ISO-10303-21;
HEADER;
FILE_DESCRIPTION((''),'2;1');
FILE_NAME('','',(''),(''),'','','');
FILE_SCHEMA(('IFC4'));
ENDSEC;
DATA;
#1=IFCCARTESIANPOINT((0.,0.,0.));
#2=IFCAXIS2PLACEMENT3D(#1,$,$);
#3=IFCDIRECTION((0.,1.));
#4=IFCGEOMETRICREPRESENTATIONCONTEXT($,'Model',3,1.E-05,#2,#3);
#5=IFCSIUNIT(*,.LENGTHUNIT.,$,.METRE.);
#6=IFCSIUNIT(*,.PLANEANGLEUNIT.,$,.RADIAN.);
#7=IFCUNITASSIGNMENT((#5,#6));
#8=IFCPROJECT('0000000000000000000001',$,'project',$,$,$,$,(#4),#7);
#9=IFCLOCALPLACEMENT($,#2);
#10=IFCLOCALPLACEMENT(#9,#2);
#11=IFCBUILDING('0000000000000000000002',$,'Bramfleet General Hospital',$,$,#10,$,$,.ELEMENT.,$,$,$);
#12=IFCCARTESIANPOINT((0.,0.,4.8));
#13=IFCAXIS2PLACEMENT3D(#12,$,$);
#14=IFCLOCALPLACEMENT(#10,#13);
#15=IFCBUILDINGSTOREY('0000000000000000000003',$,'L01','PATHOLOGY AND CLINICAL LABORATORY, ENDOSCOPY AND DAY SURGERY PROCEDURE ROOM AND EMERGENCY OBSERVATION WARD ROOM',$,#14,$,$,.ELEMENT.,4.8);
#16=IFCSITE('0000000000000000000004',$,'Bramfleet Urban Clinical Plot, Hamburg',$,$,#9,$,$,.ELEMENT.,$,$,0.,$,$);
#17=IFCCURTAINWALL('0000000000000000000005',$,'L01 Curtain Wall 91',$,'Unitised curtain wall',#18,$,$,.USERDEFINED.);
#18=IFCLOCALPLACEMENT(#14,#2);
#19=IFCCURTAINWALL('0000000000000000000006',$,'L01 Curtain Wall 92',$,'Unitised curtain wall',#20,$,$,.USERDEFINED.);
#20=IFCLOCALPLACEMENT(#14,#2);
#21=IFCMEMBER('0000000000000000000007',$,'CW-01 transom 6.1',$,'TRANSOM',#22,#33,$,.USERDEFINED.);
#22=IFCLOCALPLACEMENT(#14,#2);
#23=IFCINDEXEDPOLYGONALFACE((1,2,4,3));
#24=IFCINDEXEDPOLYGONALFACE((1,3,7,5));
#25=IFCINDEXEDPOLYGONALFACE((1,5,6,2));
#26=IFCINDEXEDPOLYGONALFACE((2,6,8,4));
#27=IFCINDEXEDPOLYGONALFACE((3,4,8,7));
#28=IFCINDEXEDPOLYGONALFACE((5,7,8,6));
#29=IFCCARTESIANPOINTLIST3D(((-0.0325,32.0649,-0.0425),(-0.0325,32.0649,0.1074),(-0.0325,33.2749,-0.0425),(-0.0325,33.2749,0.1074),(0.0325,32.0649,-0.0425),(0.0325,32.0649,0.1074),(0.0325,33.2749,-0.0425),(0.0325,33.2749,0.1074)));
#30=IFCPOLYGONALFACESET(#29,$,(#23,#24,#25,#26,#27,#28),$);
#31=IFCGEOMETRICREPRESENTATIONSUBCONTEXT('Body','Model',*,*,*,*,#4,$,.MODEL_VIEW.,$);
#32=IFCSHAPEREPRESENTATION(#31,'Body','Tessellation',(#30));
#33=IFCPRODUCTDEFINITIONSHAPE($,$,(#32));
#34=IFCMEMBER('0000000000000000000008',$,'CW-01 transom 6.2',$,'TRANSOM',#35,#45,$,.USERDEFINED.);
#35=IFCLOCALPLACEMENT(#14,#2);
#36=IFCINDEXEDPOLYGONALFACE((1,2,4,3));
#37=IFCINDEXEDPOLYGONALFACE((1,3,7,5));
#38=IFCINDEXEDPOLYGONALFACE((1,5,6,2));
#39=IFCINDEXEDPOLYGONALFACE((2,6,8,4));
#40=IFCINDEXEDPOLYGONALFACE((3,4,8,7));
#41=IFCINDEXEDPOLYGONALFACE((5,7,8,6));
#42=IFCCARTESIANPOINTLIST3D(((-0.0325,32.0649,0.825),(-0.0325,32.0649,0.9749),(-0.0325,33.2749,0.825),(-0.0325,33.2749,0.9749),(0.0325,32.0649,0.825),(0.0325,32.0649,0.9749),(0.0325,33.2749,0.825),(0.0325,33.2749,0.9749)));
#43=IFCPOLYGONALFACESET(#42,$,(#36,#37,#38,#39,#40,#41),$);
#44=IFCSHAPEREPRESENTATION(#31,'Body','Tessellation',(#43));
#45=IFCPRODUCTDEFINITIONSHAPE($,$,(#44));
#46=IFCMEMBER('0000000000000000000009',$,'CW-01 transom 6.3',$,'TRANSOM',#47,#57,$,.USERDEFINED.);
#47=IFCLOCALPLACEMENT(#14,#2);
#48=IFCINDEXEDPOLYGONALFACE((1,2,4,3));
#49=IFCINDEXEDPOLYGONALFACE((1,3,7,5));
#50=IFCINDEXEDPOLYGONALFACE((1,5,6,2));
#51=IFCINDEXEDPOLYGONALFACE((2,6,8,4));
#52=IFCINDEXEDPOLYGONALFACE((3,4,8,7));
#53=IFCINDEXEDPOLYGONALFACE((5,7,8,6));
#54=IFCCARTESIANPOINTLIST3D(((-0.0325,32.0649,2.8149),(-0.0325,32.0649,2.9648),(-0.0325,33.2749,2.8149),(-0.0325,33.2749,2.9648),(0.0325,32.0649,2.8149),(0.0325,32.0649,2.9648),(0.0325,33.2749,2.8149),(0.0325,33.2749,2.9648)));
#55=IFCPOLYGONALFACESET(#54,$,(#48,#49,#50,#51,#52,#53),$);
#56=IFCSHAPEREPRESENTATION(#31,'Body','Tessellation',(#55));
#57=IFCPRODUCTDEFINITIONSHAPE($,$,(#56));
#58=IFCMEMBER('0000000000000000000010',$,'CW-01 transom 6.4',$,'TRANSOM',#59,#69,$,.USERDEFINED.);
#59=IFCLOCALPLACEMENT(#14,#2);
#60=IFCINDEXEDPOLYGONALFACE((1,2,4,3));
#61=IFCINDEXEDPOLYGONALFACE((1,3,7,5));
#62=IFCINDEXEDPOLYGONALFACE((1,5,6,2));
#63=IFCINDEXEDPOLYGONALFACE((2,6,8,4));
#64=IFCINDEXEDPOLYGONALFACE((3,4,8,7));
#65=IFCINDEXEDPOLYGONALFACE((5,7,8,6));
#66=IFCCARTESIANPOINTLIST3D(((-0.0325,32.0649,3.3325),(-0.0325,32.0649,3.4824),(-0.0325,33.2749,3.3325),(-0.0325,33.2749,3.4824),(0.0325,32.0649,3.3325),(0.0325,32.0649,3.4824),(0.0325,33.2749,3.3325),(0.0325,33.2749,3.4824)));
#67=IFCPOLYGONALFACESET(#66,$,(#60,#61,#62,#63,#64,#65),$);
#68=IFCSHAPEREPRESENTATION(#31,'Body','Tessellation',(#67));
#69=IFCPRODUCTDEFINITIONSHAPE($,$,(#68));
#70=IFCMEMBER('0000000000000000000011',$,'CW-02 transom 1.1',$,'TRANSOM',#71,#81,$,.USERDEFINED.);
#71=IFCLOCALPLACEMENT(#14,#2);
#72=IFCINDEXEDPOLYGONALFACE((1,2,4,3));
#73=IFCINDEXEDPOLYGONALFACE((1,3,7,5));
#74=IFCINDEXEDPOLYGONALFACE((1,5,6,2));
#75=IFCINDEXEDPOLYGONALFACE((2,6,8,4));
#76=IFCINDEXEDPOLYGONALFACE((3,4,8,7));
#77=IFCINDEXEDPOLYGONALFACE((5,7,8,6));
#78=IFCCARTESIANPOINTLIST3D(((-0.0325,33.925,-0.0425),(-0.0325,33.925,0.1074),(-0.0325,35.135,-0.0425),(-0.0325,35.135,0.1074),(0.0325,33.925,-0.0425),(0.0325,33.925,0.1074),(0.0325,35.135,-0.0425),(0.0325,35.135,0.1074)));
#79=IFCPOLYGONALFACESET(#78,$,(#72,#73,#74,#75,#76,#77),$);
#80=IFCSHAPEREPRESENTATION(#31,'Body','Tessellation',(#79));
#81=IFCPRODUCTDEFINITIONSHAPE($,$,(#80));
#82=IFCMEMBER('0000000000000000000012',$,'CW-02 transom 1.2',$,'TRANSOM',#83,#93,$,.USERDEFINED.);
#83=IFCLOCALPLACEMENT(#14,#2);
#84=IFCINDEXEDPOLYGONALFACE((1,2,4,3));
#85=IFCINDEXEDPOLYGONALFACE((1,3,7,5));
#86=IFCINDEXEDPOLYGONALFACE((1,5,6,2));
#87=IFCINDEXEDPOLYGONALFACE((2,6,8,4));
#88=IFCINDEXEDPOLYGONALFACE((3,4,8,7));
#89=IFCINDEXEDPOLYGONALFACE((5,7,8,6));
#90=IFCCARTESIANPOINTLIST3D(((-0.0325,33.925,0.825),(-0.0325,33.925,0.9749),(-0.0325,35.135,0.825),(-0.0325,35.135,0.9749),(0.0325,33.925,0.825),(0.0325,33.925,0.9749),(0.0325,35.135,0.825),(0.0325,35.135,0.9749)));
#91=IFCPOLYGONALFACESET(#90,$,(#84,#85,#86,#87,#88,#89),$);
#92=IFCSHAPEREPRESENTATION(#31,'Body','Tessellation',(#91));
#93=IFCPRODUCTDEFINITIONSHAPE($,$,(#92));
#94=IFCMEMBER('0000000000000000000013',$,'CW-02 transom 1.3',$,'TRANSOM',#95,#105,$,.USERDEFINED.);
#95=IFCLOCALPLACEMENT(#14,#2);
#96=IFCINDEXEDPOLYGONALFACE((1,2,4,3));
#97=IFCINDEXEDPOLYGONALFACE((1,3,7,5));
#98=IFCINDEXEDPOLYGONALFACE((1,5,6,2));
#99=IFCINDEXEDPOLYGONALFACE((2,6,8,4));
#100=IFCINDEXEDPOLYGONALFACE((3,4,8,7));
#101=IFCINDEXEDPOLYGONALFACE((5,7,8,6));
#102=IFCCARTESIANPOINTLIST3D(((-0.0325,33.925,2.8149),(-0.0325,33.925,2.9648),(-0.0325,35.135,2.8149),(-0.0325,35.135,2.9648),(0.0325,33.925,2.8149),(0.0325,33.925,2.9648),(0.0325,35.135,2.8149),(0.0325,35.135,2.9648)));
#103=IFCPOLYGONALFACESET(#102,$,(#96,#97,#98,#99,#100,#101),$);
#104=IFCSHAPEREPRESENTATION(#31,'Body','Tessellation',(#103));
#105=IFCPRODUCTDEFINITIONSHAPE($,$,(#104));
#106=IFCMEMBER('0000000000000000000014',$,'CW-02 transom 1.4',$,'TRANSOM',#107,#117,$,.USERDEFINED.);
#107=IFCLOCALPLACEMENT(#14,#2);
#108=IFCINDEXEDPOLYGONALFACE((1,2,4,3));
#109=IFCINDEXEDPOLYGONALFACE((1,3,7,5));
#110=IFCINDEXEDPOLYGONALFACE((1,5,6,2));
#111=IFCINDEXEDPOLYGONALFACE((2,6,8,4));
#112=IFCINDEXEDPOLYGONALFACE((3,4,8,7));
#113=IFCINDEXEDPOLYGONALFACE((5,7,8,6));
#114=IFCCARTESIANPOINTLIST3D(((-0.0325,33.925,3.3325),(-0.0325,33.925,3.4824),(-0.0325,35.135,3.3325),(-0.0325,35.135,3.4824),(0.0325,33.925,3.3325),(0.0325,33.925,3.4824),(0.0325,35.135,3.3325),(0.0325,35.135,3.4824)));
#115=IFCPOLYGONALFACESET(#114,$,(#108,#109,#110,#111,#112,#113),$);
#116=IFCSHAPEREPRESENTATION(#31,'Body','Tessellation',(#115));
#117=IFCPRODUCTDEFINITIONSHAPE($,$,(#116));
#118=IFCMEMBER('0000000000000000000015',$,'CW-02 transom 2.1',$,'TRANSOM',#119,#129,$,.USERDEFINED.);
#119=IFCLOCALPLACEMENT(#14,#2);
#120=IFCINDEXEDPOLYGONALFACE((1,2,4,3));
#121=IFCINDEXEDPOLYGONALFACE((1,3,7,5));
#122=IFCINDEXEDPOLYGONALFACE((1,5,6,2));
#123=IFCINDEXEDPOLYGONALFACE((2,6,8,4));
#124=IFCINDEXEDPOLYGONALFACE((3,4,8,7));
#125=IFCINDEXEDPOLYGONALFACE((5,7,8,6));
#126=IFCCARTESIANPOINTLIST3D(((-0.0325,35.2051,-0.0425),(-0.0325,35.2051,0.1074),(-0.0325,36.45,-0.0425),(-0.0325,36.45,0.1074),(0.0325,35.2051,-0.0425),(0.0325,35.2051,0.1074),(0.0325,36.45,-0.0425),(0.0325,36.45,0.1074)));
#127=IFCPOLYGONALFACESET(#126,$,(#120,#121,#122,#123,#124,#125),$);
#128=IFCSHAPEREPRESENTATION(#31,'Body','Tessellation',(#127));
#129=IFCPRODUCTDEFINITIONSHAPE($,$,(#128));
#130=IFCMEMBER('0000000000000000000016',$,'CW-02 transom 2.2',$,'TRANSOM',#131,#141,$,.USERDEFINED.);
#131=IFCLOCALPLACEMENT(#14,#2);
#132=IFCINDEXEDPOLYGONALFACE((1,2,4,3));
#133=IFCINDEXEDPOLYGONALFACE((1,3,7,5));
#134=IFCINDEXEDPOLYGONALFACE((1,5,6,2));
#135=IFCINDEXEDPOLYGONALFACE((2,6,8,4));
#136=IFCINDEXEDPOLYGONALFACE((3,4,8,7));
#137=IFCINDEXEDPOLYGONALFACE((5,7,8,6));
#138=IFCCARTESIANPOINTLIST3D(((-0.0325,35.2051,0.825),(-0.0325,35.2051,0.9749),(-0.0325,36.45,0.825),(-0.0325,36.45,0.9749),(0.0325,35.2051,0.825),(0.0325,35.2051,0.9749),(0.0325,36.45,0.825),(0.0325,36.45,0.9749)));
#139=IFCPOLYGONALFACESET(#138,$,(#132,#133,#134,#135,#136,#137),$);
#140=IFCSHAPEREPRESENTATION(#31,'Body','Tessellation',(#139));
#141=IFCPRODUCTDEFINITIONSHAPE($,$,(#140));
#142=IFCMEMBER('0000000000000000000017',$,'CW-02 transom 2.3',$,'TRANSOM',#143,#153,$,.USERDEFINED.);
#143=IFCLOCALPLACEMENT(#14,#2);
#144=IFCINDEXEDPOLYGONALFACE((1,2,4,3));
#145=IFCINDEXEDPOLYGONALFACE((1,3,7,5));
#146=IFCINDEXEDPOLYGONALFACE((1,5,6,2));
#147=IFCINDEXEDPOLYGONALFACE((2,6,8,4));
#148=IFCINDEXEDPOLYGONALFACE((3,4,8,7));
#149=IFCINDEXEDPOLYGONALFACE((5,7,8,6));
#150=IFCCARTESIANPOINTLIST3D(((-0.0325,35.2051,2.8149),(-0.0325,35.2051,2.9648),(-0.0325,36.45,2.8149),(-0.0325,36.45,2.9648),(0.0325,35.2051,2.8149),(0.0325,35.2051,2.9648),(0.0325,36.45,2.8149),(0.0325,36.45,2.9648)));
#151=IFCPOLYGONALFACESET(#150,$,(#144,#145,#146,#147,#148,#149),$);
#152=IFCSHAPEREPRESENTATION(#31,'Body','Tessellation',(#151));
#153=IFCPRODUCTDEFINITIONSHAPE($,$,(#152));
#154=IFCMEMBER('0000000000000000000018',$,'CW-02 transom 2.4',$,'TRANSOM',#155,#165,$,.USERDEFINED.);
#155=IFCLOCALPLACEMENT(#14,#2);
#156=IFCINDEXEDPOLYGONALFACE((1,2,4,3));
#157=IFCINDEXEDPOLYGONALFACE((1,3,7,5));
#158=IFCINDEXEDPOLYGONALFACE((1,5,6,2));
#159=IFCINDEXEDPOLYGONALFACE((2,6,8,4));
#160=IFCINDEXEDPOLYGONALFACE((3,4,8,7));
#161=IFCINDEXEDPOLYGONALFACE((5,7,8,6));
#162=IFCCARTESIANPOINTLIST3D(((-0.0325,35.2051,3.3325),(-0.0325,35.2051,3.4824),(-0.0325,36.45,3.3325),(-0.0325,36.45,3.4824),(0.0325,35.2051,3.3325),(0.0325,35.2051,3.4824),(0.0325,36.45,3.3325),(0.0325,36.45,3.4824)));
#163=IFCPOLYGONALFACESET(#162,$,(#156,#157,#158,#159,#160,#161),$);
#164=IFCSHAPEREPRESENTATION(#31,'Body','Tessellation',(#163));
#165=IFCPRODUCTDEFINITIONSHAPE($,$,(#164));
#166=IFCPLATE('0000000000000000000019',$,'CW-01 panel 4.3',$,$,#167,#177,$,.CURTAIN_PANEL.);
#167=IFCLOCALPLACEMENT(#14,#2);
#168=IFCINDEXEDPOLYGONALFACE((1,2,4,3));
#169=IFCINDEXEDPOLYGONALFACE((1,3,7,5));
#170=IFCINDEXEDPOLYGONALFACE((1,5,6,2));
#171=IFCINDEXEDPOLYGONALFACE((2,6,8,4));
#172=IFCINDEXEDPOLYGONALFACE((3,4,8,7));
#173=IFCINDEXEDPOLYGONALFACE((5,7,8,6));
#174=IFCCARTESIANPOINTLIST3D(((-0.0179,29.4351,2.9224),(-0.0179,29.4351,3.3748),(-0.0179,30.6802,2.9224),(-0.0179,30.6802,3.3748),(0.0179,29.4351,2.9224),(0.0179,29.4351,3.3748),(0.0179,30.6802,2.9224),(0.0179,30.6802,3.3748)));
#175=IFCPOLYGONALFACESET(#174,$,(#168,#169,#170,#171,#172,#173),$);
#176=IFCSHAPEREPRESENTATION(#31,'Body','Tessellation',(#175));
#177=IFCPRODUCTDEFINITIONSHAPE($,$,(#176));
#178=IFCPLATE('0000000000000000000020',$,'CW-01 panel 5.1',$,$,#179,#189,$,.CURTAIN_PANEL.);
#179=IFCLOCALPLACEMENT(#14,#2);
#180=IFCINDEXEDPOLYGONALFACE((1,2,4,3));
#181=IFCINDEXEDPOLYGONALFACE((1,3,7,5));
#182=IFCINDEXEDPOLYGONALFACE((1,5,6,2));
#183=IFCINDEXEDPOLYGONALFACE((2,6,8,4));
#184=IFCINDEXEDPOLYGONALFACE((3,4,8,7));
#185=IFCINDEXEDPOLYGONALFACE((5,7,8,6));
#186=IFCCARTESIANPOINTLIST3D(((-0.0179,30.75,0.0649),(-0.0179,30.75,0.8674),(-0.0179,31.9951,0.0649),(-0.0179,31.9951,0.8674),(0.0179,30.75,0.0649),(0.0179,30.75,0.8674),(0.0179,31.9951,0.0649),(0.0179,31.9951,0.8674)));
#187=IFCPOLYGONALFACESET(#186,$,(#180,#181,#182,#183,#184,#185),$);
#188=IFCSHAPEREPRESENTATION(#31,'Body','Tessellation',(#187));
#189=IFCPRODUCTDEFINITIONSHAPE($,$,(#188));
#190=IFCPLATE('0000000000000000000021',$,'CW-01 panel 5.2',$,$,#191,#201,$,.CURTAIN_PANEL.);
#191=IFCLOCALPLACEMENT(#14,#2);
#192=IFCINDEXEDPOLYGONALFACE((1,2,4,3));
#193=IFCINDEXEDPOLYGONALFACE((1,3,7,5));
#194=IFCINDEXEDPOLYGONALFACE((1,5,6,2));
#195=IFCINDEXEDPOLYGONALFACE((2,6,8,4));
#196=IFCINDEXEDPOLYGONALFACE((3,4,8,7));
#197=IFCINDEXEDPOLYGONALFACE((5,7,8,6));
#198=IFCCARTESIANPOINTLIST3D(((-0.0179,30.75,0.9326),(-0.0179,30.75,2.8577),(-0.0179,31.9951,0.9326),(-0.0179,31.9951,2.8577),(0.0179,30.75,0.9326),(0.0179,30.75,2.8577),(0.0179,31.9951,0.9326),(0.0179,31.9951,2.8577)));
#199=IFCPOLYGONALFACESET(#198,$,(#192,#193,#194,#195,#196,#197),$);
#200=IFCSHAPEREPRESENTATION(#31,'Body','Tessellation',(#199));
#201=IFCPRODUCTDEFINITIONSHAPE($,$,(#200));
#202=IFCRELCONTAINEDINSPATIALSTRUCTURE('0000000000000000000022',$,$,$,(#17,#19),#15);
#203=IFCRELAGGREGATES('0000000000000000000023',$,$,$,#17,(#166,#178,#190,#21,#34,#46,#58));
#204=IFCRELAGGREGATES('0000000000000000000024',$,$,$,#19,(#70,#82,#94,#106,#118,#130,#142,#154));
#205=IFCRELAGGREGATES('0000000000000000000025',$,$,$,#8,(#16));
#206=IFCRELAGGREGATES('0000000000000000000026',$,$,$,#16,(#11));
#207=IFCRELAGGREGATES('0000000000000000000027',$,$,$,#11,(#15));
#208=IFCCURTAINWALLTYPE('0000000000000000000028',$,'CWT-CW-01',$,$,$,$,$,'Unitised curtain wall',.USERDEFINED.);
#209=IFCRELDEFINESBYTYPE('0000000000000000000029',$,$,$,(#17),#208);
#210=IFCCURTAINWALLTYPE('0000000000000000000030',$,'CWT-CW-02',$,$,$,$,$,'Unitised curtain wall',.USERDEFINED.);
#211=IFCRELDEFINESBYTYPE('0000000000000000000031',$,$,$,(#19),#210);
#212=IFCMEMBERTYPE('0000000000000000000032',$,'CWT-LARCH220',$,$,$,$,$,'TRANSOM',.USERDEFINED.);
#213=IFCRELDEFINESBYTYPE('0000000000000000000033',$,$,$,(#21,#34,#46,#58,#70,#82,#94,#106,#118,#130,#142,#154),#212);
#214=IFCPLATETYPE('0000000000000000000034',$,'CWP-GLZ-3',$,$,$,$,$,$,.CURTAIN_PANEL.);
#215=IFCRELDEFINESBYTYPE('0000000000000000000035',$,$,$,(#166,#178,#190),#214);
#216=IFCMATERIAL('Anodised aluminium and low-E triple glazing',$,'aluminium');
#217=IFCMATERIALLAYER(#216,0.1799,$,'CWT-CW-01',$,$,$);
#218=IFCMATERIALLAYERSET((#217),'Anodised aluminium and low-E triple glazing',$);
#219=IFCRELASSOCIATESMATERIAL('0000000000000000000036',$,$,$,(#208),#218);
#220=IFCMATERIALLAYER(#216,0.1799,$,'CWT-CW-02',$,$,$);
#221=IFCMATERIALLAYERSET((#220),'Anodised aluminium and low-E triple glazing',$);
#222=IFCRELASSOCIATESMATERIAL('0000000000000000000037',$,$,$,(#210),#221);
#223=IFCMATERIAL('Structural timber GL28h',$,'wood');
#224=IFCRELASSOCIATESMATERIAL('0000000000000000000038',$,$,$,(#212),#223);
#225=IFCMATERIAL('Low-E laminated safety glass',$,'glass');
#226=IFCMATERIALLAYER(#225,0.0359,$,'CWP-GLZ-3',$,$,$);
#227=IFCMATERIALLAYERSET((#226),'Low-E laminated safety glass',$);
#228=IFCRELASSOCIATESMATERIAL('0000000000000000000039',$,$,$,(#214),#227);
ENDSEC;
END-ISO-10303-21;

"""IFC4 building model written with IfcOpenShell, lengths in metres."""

from ifc_helpers import new_model, si_unit, direction, frame, origin, origin_2d, place, context, subcontext, project, spatial, rectangle, extrude, material, layer, layer_set, material_profile, profile_set, type_object, element, aggregate, save


model = new_model("IFC4")

# Units and contexts
model_context = context("Model", 3, precision=1e-05, world=origin(), true_north=direction((0.0, 1.0)))
body_context = subcontext(model_context, "Body", "Model", "MODEL_VIEW")
ifc_project = project(units=[si_unit("LENGTHUNIT", "METRE"), si_unit("PLANEANGLEUNIT", "RADIAN")], contexts=[model_context])

# Site, building, storey
site_placement = place(None, origin())
site = spatial("IfcSite", under=ifc_project, at=site_placement, Name="Bramfleet Urban Clinical Plot, Hamburg", CompositionType="ELEMENT", RefElevation=0.0)
building_placement = place(site_placement, origin())
building = spatial("IfcBuilding", under=site, at=building_placement, Name="Bramfleet General Hospital", CompositionType="ELEMENT")
storey_placement = place(building_placement, frame((0.0, 0.0, 4.8)))
storey = spatial("IfcBuildingStorey", under=building, at=storey_placement, Name="L01", Description="PATHOLOGY AND CLINICAL LABORATORY, ENDOSCOPY AND DAY SURGERY PROCEDURE ROOM AND EMERGENCY OBSERVATION WARD ROOM", CompositionType="ELEMENT", Elevation=4.8)

# Curtain walls
ifc_material_1 = material(Name="Anodised aluminium and low-E triple glazing", Category="aluminium")
ifc_layer_1 = layer(ifc_material_1, 0.1799, Name="CWT-CW-01")
ifc_layer_set_1 = layer_set([ifc_layer_1], Name="Anodised aluminium and low-E triple glazing")
curtain_wall_type_1 = type_object("IfcCurtainWallType", Name="CWT-CW-01", ElementType="Unitised curtain wall", PredefinedType="USERDEFINED", material=ifc_layer_set_1)
curtain_wall_1_placement = place(storey_placement, origin())
curtain_wall_1 = element("IfcCurtainWall", 1, at=curtain_wall_1_placement, inside=storey, type_object=curtain_wall_type_1, Name="L01 Curtain Wall 91", ObjectType="Unitised curtain wall", PredefinedType="USERDEFINED")
ifc_material_2 = material(Name="Structural timber GL28h", Category="wood")
ifc_layer_2 = layer(ifc_material_1, 0.1799, Name="CWT-CW-02")
ifc_layer_set_2 = layer_set([ifc_layer_2], Name="Anodised aluminium and low-E triple glazing")
curtain_wall_type_2 = type_object("IfcCurtainWallType", Name="CWT-CW-02", ElementType="Unitised curtain wall", PredefinedType="USERDEFINED", material=ifc_layer_set_2)
curtain_wall_2_placement = place(storey_placement, origin())
curtain_wall_2 = element("IfcCurtainWall", 2, at=curtain_wall_2_placement, inside=storey, type_object=curtain_wall_type_2, Name="L01 Curtain Wall 92", ObjectType="Unitised curtain wall", PredefinedType="USERDEFINED")

# Members
ifc_material_profile_1 = material_profile(ifc_material_2, rectangle(XDim=0.0649, YDim=0.1499, at=origin_2d()), Name="LARCH 150x65")
ifc_profile_set_1 = profile_set([ifc_material_profile_1], Name="Structural timber GL28h")
member_type_1 = type_object("IfcMemberType", Name="CWT-LARCH220", ElementType="TRANSOM", PredefinedType="USERDEFINED", material=ifc_profile_set_1)
member_1_placement = place(storey_placement, frame((0.0, 32.0649, 0.0325), z_axis=(0.0, 1.0, 0.0), x_axis=(-1.0, 0.0, 0.0)))
member_1 = element("IfcMember", 3, at=member_1_placement, type_object=member_type_1, Name="CW-01 transom 6.1", ObjectType="TRANSOM", PredefinedType="USERDEFINED", context=body_context, shape_type="SweptSolid", body=[
    extrude(rectangle(XDim=0.0649, YDim=0.1499, at=origin_2d()), origin(), (0.0, 0.0, 1.0), 1.21),
])
member_2_placement = place(storey_placement, frame((0.0, 32.0649, 0.8999), z_axis=(0.0, 1.0, 0.0), x_axis=(-1.0, 0.0, 0.0)))
member_2 = element("IfcMember", 4, at=member_2_placement, type_object=member_type_1, Name="CW-01 transom 6.2", ObjectType="TRANSOM", PredefinedType="USERDEFINED", context=body_context, shape_type="SweptSolid", body=[
    extrude(rectangle(XDim=0.0649, YDim=0.1499, at=origin_2d()), origin(), (0.0, 0.0, 1.0), 1.21),
])
member_3_placement = place(storey_placement, frame((0.0, 32.0649, 2.8899), z_axis=(0.0, 1.0, 0.0), x_axis=(-1.0, 0.0, 0.0)))
member_3 = element("IfcMember", 5, at=member_3_placement, type_object=member_type_1, Name="CW-01 transom 6.3", ObjectType="TRANSOM", PredefinedType="USERDEFINED", context=body_context, shape_type="SweptSolid", body=[
    extrude(rectangle(XDim=0.0649, YDim=0.1499, at=origin_2d()), origin(), (0.0, 0.0, 1.0), 1.21),
])
member_4_placement = place(storey_placement, frame((0.0, 32.0649, 3.4075), z_axis=(0.0, 1.0, 0.0), x_axis=(-1.0, 0.0, 0.0)))
member_4 = element("IfcMember", 6, at=member_4_placement, type_object=member_type_1, Name="CW-01 transom 6.4", ObjectType="TRANSOM", PredefinedType="USERDEFINED", context=body_context, shape_type="SweptSolid", body=[
    extrude(rectangle(XDim=0.0649, YDim=0.1499, at=origin_2d()), origin(), (0.0, 0.0, 1.0), 1.21),
])
member_5_placement = place(storey_placement, frame((0.0, 33.925, 0.0325), z_axis=(0.0, 1.0, 0.0), x_axis=(-1.0, 0.0, 0.0)))
member_5 = element("IfcMember", 7, at=member_5_placement, type_object=member_type_1, Name="CW-02 transom 1.1", ObjectType="TRANSOM", PredefinedType="USERDEFINED", context=body_context, shape_type="SweptSolid", body=[
    extrude(rectangle(XDim=0.0649, YDim=0.1499, at=origin_2d()), origin(), (0.0, 0.0, 1.0), 1.21),
])
member_6_placement = place(storey_placement, frame((0.0, 33.925, 0.8999), z_axis=(0.0, 1.0, 0.0), x_axis=(-1.0, 0.0, 0.0)))
member_6 = element("IfcMember", 8, at=member_6_placement, type_object=member_type_1, Name="CW-02 transom 1.2", ObjectType="TRANSOM", PredefinedType="USERDEFINED", context=body_context, shape_type="SweptSolid", body=[
    extrude(rectangle(XDim=0.0649, YDim=0.1499, at=origin_2d()), origin(), (0.0, 0.0, 1.0), 1.21),
])
member_7_placement = place(storey_placement, frame((0.0, 33.925, 2.8899), z_axis=(0.0, 1.0, 0.0), x_axis=(-1.0, 0.0, 0.0)))
member_7 = element("IfcMember", 9, at=member_7_placement, type_object=member_type_1, Name="CW-02 transom 1.3", ObjectType="TRANSOM", PredefinedType="USERDEFINED", context=body_context, shape_type="SweptSolid", body=[
    extrude(rectangle(XDim=0.0649, YDim=0.1499, at=origin_2d()), origin(), (0.0, 0.0, 1.0), 1.21),
])
member_8_placement = place(storey_placement, frame((0.0, 33.925, 3.4075), z_axis=(0.0, 1.0, 0.0), x_axis=(-1.0, 0.0, 0.0)))
member_8 = element("IfcMember", 10, at=member_8_placement, type_object=member_type_1, Name="CW-02 transom 1.4", ObjectType="TRANSOM", PredefinedType="USERDEFINED", context=body_context, shape_type="SweptSolid", body=[
    extrude(rectangle(XDim=0.0649, YDim=0.1499, at=origin_2d()), origin(), (0.0, 0.0, 1.0), 1.21),
])
member_9_placement = place(storey_placement, frame((0.0, 35.2051, 0.0325), z_axis=(0.0, 1.0, 0.0), x_axis=(-1.0, 0.0, 0.0)))
member_9 = element("IfcMember", 11, at=member_9_placement, type_object=member_type_1, Name="CW-02 transom 2.1", ObjectType="TRANSOM", PredefinedType="USERDEFINED", context=body_context, shape_type="SweptSolid", body=[
    extrude(rectangle(XDim=0.0649, YDim=0.1499, at=origin_2d()), origin(), (0.0, 0.0, 1.0), 1.2449),
])
member_10_placement = place(storey_placement, frame((0.0, 35.2051, 0.8999), z_axis=(0.0, 1.0, 0.0), x_axis=(-1.0, 0.0, 0.0)))
member_10 = element("IfcMember", 12, at=member_10_placement, type_object=member_type_1, Name="CW-02 transom 2.2", ObjectType="TRANSOM", PredefinedType="USERDEFINED", context=body_context, shape_type="SweptSolid", body=[
    extrude(rectangle(XDim=0.0649, YDim=0.1499, at=origin_2d()), origin(), (0.0, 0.0, 1.0), 1.2449),
])
member_11_placement = place(storey_placement, frame((0.0, 35.2051, 2.8899), z_axis=(0.0, 1.0, 0.0), x_axis=(-1.0, 0.0, 0.0)))
member_11 = element("IfcMember", 13, at=member_11_placement, type_object=member_type_1, Name="CW-02 transom 2.3", ObjectType="TRANSOM", PredefinedType="USERDEFINED", context=body_context, shape_type="SweptSolid", body=[
    extrude(rectangle(XDim=0.0649, YDim=0.1499, at=origin_2d()), origin(), (0.0, 0.0, 1.0), 1.2449),
])
member_12_placement = place(storey_placement, frame((0.0, 35.2051, 3.4075), z_axis=(0.0, 1.0, 0.0), x_axis=(-1.0, 0.0, 0.0)))
member_12 = element("IfcMember", 14, at=member_12_placement, type_object=member_type_1, Name="CW-02 transom 2.4", ObjectType="TRANSOM", PredefinedType="USERDEFINED", context=body_context, shape_type="SweptSolid", body=[
    extrude(rectangle(XDim=0.0649, YDim=0.1499, at=origin_2d()), origin(), (0.0, 0.0, 1.0), 1.2449),
])

# Plates
ifc_material_3 = material(Name="Low-E laminated safety glass", Category="glass")
ifc_layer_3 = layer(ifc_material_3, 0.0359, Name="CWP-GLZ-3")
ifc_layer_set_3 = layer_set([ifc_layer_3], Name="Low-E laminated safety glass")
plate_type_1 = type_object("IfcPlateType", Name="CWP-GLZ-3", PredefinedType="CURTAIN_PANEL", material=ifc_layer_set_3)
plate_1_placement = place(storey_placement, frame((0.0, 30.0576, 2.9224), z_axis=(0.0, 0.0, 1.0), x_axis=(0.0, 1.0, 0.0)))
plate_1 = element("IfcPlate", 15, at=plate_1_placement, type_object=plate_type_1, Name="CW-01 panel 4.3", PredefinedType="CURTAIN_PANEL", context=body_context, shape_type="SweptSolid", body=[
    extrude(rectangle(XDim=1.2451, YDim=0.0359, at=origin_2d()), origin(), (0.0, 0.0, 1.0), 0.4524),
])
plate_2_placement = place(storey_placement, frame((0.0, 31.3726, 0.0649), z_axis=(0.0, 0.0, 1.0), x_axis=(0.0, 1.0, 0.0)))
plate_2 = element("IfcPlate", 16, at=plate_2_placement, type_object=plate_type_1, Name="CW-01 panel 5.1", PredefinedType="CURTAIN_PANEL", context=body_context, shape_type="SweptSolid", body=[
    extrude(rectangle(XDim=1.2451, YDim=0.0359, at=origin_2d()), origin(), (0.0, 0.0, 1.0), 0.8025),
])
plate_3_placement = place(storey_placement, frame((0.0, 31.3726, 0.9326), z_axis=(0.0, 0.0, 1.0), x_axis=(0.0, 1.0, 0.0)))
plate_3 = element("IfcPlate", 17, at=plate_3_placement, type_object=plate_type_1, Name="CW-01 panel 5.2", PredefinedType="CURTAIN_PANEL", context=body_context, shape_type="SweptSolid", body=[
    extrude(rectangle(XDim=1.2451, YDim=0.0359, at=origin_2d()), origin(), (0.0, 0.0, 1.0), 1.925),
])
aggregate(curtain_wall_1, [plate_1, plate_2, plate_3, member_1, member_2, member_3, member_4])
aggregate(curtain_wall_2, [member_5, member_6, member_7, member_8, member_9, member_10, member_11, member_12])

save(model, "model.ifc")
